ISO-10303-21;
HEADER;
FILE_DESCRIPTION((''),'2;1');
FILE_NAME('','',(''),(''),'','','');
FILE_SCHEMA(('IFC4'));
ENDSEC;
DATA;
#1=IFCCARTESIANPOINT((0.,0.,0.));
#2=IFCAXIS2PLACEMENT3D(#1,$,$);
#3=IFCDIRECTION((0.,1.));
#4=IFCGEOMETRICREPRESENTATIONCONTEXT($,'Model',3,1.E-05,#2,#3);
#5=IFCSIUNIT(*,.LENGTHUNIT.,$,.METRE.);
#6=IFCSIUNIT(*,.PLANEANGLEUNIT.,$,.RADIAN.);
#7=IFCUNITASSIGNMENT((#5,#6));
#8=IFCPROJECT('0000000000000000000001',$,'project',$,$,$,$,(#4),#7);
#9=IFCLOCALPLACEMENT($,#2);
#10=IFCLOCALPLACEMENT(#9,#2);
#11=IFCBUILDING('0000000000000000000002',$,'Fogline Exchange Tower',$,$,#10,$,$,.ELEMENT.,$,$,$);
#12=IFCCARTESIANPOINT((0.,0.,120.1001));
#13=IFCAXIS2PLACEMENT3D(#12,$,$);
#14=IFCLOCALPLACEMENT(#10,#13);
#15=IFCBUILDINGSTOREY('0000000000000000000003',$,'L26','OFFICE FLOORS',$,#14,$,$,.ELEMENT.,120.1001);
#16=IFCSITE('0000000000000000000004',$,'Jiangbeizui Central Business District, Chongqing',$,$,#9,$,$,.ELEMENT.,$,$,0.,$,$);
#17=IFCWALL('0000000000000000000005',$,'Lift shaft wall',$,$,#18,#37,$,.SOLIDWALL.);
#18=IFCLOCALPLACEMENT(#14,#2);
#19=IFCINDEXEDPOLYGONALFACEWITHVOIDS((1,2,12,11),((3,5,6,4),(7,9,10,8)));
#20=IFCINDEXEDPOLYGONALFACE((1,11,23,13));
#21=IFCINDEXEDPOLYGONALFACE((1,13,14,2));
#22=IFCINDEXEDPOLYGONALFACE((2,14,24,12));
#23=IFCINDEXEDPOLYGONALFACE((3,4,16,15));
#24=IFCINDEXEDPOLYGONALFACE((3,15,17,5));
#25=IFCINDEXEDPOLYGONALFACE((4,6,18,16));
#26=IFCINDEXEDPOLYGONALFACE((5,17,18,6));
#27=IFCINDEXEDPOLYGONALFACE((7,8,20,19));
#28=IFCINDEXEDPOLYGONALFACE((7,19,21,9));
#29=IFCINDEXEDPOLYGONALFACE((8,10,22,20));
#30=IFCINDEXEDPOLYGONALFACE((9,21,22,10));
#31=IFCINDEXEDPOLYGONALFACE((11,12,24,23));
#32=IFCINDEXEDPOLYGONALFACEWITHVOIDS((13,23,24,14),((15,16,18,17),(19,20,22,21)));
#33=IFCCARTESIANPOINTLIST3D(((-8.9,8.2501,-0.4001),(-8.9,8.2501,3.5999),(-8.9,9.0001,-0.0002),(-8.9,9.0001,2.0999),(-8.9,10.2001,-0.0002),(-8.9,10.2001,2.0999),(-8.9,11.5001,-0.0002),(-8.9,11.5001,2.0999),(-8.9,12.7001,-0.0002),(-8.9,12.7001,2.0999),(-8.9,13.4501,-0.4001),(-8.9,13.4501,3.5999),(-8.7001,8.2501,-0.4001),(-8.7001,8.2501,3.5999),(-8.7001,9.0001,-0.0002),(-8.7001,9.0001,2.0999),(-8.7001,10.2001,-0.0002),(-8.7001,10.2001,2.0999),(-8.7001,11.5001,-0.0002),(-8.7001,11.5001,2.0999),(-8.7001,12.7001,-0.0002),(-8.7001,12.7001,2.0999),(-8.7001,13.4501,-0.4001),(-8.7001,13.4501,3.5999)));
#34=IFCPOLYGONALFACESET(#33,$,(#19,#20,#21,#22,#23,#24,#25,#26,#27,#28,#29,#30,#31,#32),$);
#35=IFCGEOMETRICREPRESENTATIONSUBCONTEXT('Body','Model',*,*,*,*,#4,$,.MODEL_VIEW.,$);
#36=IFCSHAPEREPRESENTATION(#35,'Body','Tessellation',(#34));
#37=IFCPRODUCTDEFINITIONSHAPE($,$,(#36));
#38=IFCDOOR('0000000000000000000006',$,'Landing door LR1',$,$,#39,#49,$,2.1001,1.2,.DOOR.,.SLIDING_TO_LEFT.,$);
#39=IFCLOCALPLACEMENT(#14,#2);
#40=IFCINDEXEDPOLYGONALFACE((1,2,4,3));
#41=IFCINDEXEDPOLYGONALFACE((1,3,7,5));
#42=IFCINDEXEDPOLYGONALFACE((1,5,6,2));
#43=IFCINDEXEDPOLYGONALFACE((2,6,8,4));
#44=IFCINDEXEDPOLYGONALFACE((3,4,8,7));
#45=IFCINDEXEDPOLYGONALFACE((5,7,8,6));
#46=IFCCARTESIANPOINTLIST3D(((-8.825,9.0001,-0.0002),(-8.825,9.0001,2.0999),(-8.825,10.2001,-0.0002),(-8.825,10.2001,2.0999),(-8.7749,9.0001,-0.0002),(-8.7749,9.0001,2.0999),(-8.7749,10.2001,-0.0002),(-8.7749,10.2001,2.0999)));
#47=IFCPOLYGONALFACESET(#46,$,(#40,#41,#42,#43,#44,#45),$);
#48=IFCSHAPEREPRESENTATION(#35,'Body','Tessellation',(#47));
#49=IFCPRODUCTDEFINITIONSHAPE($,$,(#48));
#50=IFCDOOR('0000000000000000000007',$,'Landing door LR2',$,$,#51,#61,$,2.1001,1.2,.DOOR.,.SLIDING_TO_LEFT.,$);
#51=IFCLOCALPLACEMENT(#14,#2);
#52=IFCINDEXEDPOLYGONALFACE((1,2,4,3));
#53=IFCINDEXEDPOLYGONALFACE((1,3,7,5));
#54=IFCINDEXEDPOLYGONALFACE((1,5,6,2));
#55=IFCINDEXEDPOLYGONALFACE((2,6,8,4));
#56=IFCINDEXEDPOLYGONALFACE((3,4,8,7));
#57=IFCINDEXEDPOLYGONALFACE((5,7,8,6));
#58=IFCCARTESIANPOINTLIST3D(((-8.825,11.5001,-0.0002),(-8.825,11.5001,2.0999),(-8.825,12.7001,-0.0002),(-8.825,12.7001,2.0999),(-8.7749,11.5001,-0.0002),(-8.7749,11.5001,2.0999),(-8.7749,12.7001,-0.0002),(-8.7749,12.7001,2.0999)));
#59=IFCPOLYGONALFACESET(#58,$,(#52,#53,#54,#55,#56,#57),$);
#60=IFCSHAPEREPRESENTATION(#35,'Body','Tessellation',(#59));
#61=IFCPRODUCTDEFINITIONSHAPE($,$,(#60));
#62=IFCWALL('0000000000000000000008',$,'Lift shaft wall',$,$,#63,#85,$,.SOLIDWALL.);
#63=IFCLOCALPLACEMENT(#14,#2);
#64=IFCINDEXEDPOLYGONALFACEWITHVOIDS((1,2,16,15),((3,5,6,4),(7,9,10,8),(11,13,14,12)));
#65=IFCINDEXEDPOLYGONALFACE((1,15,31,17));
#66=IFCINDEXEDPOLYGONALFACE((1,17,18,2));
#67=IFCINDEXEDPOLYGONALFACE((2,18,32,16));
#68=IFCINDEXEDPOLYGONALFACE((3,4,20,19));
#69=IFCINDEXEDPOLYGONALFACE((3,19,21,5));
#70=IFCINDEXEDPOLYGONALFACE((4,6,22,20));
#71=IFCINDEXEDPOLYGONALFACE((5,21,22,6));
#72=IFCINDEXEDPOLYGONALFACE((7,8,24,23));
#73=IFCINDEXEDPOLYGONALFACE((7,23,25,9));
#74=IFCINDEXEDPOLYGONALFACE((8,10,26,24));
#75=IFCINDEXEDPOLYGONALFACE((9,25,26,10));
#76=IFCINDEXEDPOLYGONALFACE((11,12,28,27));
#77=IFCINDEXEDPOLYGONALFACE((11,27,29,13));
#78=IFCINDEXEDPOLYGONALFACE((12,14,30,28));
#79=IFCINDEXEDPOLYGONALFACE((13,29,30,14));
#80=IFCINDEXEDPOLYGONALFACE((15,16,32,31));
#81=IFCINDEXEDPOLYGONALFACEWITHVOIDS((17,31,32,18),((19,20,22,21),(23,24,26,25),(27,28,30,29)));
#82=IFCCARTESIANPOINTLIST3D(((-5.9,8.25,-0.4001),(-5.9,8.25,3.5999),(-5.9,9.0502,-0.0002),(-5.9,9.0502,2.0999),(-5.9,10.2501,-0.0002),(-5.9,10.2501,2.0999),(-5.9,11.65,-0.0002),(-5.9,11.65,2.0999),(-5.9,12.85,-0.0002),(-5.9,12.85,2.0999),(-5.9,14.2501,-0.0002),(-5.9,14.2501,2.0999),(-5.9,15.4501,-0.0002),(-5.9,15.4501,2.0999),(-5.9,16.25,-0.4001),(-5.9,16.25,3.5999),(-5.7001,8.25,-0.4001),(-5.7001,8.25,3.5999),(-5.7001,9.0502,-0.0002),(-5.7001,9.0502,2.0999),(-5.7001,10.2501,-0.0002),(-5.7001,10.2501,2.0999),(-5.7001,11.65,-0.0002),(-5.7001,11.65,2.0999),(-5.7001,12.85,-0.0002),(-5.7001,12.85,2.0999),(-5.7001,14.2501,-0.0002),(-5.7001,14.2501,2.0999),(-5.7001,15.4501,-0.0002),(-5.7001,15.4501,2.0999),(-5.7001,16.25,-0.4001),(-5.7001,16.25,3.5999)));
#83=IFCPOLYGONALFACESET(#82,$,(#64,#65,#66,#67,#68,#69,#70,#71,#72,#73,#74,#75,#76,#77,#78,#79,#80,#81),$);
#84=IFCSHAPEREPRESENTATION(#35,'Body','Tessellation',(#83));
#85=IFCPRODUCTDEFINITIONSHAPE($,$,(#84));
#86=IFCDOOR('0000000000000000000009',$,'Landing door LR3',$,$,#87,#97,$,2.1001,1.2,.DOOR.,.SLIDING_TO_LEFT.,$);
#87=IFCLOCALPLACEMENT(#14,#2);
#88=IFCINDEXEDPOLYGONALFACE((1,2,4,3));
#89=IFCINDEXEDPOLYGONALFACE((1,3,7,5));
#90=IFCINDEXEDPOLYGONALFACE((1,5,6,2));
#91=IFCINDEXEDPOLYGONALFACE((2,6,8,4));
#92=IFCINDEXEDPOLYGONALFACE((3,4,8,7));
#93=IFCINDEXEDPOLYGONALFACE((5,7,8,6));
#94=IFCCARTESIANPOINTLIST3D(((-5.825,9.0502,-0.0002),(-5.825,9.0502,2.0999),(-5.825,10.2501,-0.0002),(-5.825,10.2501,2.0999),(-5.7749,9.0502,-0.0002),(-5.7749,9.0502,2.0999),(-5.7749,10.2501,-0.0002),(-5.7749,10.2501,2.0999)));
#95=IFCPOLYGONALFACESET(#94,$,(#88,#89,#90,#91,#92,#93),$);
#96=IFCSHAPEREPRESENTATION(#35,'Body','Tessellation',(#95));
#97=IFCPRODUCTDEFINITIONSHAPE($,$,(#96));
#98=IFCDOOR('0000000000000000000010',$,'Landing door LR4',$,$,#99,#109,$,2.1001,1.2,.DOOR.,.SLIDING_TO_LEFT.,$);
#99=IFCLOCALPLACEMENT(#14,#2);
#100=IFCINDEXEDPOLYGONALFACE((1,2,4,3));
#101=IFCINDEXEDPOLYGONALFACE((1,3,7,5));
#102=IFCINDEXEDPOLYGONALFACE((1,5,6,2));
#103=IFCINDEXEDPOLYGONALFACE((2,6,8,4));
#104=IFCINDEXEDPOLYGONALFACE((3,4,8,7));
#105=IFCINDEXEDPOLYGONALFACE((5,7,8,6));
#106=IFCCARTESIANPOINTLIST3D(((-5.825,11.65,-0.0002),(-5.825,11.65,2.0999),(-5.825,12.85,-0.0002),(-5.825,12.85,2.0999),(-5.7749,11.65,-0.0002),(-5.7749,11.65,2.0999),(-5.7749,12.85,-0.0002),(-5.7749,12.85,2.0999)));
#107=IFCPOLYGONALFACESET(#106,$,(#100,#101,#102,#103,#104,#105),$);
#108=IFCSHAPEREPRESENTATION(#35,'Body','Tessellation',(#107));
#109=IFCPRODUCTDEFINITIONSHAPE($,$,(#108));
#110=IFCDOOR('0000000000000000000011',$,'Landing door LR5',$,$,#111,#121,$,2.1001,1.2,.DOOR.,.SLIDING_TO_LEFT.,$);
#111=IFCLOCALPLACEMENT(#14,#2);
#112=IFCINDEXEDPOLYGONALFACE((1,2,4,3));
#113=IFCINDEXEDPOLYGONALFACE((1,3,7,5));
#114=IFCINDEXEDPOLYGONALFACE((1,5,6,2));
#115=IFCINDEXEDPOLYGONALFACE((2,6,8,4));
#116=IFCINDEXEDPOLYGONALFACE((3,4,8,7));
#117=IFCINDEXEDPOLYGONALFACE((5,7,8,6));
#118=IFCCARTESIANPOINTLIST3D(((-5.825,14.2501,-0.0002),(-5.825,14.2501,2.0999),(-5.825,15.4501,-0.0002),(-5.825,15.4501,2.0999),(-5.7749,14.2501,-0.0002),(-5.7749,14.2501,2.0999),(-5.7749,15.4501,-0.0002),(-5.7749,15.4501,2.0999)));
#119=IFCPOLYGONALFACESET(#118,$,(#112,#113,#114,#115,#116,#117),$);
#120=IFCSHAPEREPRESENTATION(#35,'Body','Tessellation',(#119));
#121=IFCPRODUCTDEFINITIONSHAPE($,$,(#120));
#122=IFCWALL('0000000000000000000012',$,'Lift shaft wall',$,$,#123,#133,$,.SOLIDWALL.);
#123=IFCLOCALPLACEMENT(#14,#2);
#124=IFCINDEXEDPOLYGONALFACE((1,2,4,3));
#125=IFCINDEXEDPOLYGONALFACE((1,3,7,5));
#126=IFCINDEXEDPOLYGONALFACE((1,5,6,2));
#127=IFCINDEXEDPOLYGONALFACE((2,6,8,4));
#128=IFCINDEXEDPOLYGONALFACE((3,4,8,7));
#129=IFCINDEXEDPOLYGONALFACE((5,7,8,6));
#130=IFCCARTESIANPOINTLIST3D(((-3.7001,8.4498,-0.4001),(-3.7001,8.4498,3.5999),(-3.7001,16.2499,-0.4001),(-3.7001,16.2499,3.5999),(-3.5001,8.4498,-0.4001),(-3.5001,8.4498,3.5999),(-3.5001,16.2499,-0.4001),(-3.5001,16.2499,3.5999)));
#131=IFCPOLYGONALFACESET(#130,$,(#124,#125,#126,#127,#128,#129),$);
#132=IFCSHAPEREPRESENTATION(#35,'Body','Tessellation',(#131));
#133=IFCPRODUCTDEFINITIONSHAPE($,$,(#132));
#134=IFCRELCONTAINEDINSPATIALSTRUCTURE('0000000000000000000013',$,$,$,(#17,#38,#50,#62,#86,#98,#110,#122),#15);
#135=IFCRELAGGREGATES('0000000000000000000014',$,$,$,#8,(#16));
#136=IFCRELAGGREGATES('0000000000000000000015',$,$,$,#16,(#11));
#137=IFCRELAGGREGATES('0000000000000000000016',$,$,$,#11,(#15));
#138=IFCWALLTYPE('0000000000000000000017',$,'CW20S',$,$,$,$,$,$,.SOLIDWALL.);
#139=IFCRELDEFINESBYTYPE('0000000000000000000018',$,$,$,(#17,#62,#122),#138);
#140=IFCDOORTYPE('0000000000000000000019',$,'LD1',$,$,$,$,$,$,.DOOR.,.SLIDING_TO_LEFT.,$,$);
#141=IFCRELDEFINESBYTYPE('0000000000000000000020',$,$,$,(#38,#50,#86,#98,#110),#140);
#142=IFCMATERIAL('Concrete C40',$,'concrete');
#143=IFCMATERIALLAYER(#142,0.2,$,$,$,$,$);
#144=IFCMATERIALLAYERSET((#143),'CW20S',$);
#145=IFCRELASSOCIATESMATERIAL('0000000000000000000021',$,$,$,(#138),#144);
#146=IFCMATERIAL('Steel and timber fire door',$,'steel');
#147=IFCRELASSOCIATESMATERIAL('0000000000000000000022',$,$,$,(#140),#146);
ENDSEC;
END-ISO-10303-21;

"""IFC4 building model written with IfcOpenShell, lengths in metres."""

from ifc_helpers import new_model, si_unit, direction, frame, frame_2d, origin, place, context, subcontext, project, spatial, rectangle, extrude, material, layer, layer_set, type_object, element, fill, save


model = new_model("IFC4")

# Units and contexts
model_context = context("Model", 3, precision=1e-05, world=origin(), true_north=direction((0.0, 1.0)))
body_context = subcontext(model_context, "Body", "Model", "MODEL_VIEW")
ifc_project = project(units=[si_unit("LENGTHUNIT", "METRE"), si_unit("PLANEANGLEUNIT", "RADIAN")], contexts=[model_context])

# Site, building, storey
site_placement = place(None, origin())
site = spatial("IfcSite", under=ifc_project, at=site_placement, Name="Jiangbeizui Central Business District, Chongqing", CompositionType="ELEMENT", RefElevation=0.0)
building_placement = place(site_placement, origin())
building = spatial("IfcBuilding", under=site, at=building_placement, Name="Fogline Exchange Tower", CompositionType="ELEMENT")
storey_placement = place(building_placement, frame((0.0, 0.0, 120.1001)))
storey = spatial("IfcBuildingStorey", under=building, at=storey_placement, Name="L26", Description="OFFICE FLOORS", CompositionType="ELEMENT", Elevation=120.1001)

# Shared definitions
ifc_material_1 = material(Name="Steel and timber fire door", Category="steel")

# Shared definitions
ifc_material_2 = material(Name="Concrete C40", Category="concrete")

# Walls, openings, doors
ifc_layer_1 = layer(ifc_material_2, 0.2)
ifc_layer_set_1 = layer_set([ifc_layer_1], Name="CW20S")
wall_type_1 = type_object("IfcWallType", Name="CW20S", PredefinedType="SOLIDWALL", material=ifc_layer_set_1)
wall_1_placement = place(storey_placement, frame((-8.8, 8.25, -0.4001), z_axis=(0.0, 0.0, 1.0), x_axis=(0.0, 1.0, 0.0)))
wall_1 = element("IfcWall", 1, at=wall_1_placement, inside=storey, type_object=wall_type_1, Name="Lift shaft wall", PredefinedType="SOLIDWALL", context=body_context, shape_type="SweptSolid", body=[
    extrude(rectangle(XDim=5.2, YDim=0.2, at=frame_2d((2.6001, 0.0))), origin(), (0.0, 0.0, 1.0), 4.0),
])
opening_1_placement = place(wall_1_placement, frame((0.75, 0.0, 0.3999)))
opening_1 = element("IfcOpeningElement", 2, at=opening_1_placement, cuts=wall_1, PredefinedType="OPENING", context=body_context, shape_type="SweptSolid", body=[
    extrude(rectangle(XDim=1.2, YDim=2.1001, at=frame_2d((0.6001, 1.05))), frame((0.0, 0.1099, 0.0), z_axis=(0.0, -1.0, 0.0), x_axis=(1.0, 0.0, 0.0)), (0.0, 0.0, 1.0), 0.22),
])
opening_2_placement = place(wall_1_placement, frame((3.25, 0.0, 0.3999)))
opening_2 = element("IfcOpeningElement", 3, at=opening_2_placement, cuts=wall_1, PredefinedType="OPENING", context=body_context, shape_type="SweptSolid", body=[
    extrude(rectangle(XDim=1.2, YDim=2.1001, at=frame_2d((0.6001, 1.05))), frame((0.0, 0.1099, 0.0), z_axis=(0.0, -1.0, 0.0), x_axis=(1.0, 0.0, 0.0)), (0.0, 0.0, 1.0), 0.22),
])
door_type_1 = type_object("IfcDoorType", Name="LD1", OperationType="SLIDING_TO_LEFT", PredefinedType="DOOR", material=ifc_material_1)
door_1_placement = place(opening_1_placement, origin())
door_1 = element("IfcDoor", 4, at=door_1_placement, inside=storey, type_object=door_type_1, Name="Landing door LR1", OperationType="SLIDING_TO_LEFT", OverallHeight=2.1001, OverallWidth=1.2, PredefinedType="DOOR", context=body_context, shape_type="SweptSolid", body=[
    extrude(rectangle(XDim=1.2, YDim=2.1001, at=frame_2d((0.6001, 1.05))), frame((0.0, 0.0249, 0.0), z_axis=(0.0, -1.0, 0.0), x_axis=(1.0, 0.0, 0.0)), (0.0, 0.0, 1.0), 0.05),
])
fill(opening_1, door_1)
door_2_placement = place(opening_2_placement, origin())
door_2 = element("IfcDoor", 5, at=door_2_placement, inside=storey, type_object=door_type_1, Name="Landing door LR2", OperationType="SLIDING_TO_LEFT", OverallHeight=2.1001, OverallWidth=1.2, PredefinedType="DOOR", context=body_context, shape_type="SweptSolid", body=[
    extrude(rectangle(XDim=1.2, YDim=2.1001, at=frame_2d((0.6001, 1.05))), frame((0.0, 0.0249, 0.0), z_axis=(0.0, -1.0, 0.0), x_axis=(1.0, 0.0, 0.0)), (0.0, 0.0, 1.0), 0.05),
])
fill(opening_2, door_2)
wall_2_placement = place(storey_placement, frame((-5.8, 8.25, -0.4001), z_axis=(0.0, 0.0, 1.0), x_axis=(0.0, 1.0, 0.0)))
wall_2 = element("IfcWall", 6, at=wall_2_placement, inside=storey, type_object=wall_type_1, Name="Lift shaft wall", PredefinedType="SOLIDWALL", context=body_context, shape_type="SweptSolid", body=[
    extrude(rectangle(XDim=8.0, YDim=0.2, at=frame_2d((4.0, 0.0))), origin(), (0.0, 0.0, 1.0), 4.0),
])
opening_3_placement = place(wall_2_placement, frame((0.8, 0.0, 0.3999)))
opening_3 = element("IfcOpeningElement", 7, at=opening_3_placement, cuts=wall_2, PredefinedType="OPENING", context=body_context, shape_type="SweptSolid", body=[
    extrude(rectangle(XDim=1.2, YDim=2.1001, at=frame_2d((0.6001, 1.05))), frame((0.0, 0.1099, 0.0), z_axis=(0.0, -1.0, 0.0), x_axis=(1.0, 0.0, 0.0)), (0.0, 0.0, 1.0), 0.22),
])
opening_4_placement = place(wall_2_placement, frame((3.3999, 0.0, 0.3999)))
opening_4 = element("IfcOpeningElement", 8, at=opening_4_placement, cuts=wall_2, PredefinedType="OPENING", context=body_context, shape_type="SweptSolid", body=[
    extrude(rectangle(XDim=1.2, YDim=2.1001, at=frame_2d((0.6001, 1.05))), frame((0.0, 0.1099, 0.0), z_axis=(0.0, -1.0, 0.0), x_axis=(1.0, 0.0, 0.0)), (0.0, 0.0, 1.0), 0.22),
])
opening_5_placement = place(wall_2_placement, frame((6.0, 0.0, 0.3999)))
opening_5 = element("IfcOpeningElement", 9, at=opening_5_placement, cuts=wall_2, PredefinedType="OPENING", context=body_context, shape_type="SweptSolid", body=[
    extrude(rectangle(XDim=1.2, YDim=2.1001, at=frame_2d((0.6001, 1.05))), frame((0.0, 0.1099, 0.0), z_axis=(0.0, -1.0, 0.0), x_axis=(1.0, 0.0, 0.0)), (0.0, 0.0, 1.0), 0.22),
])
door_3_placement = place(opening_3_placement, origin())
door_3 = element("IfcDoor", 10, at=door_3_placement, inside=storey, type_object=door_type_1, Name="Landing door LR3", OperationType="SLIDING_TO_LEFT", OverallHeight=2.1001, OverallWidth=1.2, PredefinedType="DOOR", context=body_context, shape_type="SweptSolid", body=[
    extrude(rectangle(XDim=1.2, YDim=2.1001, at=frame_2d((0.6001, 1.05))), frame((0.0, 0.0249, 0.0), z_axis=(0.0, -1.0, 0.0), x_axis=(1.0, 0.0, 0.0)), (0.0, 0.0, 1.0), 0.05),
])
fill(opening_3, door_3)
door_4_placement = place(opening_4_placement, origin())
door_4 = element("IfcDoor", 11, at=door_4_placement, inside=storey, type_object=door_type_1, Name="Landing door LR4", OperationType="SLIDING_TO_LEFT", OverallHeight=2.1001, OverallWidth=1.2, PredefinedType="DOOR", context=body_context, shape_type="SweptSolid", body=[
    extrude(rectangle(XDim=1.2, YDim=2.1001, at=frame_2d((0.6001, 1.05))), frame((0.0, 0.0249, 0.0), z_axis=(0.0, -1.0, 0.0), x_axis=(1.0, 0.0, 0.0)), (0.0, 0.0, 1.0), 0.05),
])
fill(opening_4, door_4)
door_5_placement = place(opening_5_placement, origin())
door_5 = element("IfcDoor", 12, at=door_5_placement, inside=storey, type_object=door_type_1, Name="Landing door LR5", OperationType="SLIDING_TO_LEFT", OverallHeight=2.1001, OverallWidth=1.2, PredefinedType="DOOR", context=body_context, shape_type="SweptSolid", body=[
    extrude(rectangle(XDim=1.2, YDim=2.1001, at=frame_2d((0.6001, 1.05))), frame((0.0, 0.0249, 0.0), z_axis=(0.0, -1.0, 0.0), x_axis=(1.0, 0.0, 0.0)), (0.0, 0.0, 1.0), 0.05),
])
fill(opening_5, door_5)

# Wall
wall_3_placement = place(storey_placement, frame((-3.6001, 8.45, -0.4001), z_axis=(0.0, 0.0, 1.0), x_axis=(0.0, 1.0, 0.0)))
element("IfcWall", 13, at=wall_3_placement, inside=storey, type_object=wall_type_1, Name="Lift shaft wall", PredefinedType="SOLIDWALL", context=body_context, shape_type="SweptSolid", body=[
    extrude(rectangle(XDim=7.8, YDim=0.2, at=frame_2d((3.8999, 0.0))), origin(), (0.0, 0.0, 1.0), 4.0),
])

save(model, "model.ifc")
